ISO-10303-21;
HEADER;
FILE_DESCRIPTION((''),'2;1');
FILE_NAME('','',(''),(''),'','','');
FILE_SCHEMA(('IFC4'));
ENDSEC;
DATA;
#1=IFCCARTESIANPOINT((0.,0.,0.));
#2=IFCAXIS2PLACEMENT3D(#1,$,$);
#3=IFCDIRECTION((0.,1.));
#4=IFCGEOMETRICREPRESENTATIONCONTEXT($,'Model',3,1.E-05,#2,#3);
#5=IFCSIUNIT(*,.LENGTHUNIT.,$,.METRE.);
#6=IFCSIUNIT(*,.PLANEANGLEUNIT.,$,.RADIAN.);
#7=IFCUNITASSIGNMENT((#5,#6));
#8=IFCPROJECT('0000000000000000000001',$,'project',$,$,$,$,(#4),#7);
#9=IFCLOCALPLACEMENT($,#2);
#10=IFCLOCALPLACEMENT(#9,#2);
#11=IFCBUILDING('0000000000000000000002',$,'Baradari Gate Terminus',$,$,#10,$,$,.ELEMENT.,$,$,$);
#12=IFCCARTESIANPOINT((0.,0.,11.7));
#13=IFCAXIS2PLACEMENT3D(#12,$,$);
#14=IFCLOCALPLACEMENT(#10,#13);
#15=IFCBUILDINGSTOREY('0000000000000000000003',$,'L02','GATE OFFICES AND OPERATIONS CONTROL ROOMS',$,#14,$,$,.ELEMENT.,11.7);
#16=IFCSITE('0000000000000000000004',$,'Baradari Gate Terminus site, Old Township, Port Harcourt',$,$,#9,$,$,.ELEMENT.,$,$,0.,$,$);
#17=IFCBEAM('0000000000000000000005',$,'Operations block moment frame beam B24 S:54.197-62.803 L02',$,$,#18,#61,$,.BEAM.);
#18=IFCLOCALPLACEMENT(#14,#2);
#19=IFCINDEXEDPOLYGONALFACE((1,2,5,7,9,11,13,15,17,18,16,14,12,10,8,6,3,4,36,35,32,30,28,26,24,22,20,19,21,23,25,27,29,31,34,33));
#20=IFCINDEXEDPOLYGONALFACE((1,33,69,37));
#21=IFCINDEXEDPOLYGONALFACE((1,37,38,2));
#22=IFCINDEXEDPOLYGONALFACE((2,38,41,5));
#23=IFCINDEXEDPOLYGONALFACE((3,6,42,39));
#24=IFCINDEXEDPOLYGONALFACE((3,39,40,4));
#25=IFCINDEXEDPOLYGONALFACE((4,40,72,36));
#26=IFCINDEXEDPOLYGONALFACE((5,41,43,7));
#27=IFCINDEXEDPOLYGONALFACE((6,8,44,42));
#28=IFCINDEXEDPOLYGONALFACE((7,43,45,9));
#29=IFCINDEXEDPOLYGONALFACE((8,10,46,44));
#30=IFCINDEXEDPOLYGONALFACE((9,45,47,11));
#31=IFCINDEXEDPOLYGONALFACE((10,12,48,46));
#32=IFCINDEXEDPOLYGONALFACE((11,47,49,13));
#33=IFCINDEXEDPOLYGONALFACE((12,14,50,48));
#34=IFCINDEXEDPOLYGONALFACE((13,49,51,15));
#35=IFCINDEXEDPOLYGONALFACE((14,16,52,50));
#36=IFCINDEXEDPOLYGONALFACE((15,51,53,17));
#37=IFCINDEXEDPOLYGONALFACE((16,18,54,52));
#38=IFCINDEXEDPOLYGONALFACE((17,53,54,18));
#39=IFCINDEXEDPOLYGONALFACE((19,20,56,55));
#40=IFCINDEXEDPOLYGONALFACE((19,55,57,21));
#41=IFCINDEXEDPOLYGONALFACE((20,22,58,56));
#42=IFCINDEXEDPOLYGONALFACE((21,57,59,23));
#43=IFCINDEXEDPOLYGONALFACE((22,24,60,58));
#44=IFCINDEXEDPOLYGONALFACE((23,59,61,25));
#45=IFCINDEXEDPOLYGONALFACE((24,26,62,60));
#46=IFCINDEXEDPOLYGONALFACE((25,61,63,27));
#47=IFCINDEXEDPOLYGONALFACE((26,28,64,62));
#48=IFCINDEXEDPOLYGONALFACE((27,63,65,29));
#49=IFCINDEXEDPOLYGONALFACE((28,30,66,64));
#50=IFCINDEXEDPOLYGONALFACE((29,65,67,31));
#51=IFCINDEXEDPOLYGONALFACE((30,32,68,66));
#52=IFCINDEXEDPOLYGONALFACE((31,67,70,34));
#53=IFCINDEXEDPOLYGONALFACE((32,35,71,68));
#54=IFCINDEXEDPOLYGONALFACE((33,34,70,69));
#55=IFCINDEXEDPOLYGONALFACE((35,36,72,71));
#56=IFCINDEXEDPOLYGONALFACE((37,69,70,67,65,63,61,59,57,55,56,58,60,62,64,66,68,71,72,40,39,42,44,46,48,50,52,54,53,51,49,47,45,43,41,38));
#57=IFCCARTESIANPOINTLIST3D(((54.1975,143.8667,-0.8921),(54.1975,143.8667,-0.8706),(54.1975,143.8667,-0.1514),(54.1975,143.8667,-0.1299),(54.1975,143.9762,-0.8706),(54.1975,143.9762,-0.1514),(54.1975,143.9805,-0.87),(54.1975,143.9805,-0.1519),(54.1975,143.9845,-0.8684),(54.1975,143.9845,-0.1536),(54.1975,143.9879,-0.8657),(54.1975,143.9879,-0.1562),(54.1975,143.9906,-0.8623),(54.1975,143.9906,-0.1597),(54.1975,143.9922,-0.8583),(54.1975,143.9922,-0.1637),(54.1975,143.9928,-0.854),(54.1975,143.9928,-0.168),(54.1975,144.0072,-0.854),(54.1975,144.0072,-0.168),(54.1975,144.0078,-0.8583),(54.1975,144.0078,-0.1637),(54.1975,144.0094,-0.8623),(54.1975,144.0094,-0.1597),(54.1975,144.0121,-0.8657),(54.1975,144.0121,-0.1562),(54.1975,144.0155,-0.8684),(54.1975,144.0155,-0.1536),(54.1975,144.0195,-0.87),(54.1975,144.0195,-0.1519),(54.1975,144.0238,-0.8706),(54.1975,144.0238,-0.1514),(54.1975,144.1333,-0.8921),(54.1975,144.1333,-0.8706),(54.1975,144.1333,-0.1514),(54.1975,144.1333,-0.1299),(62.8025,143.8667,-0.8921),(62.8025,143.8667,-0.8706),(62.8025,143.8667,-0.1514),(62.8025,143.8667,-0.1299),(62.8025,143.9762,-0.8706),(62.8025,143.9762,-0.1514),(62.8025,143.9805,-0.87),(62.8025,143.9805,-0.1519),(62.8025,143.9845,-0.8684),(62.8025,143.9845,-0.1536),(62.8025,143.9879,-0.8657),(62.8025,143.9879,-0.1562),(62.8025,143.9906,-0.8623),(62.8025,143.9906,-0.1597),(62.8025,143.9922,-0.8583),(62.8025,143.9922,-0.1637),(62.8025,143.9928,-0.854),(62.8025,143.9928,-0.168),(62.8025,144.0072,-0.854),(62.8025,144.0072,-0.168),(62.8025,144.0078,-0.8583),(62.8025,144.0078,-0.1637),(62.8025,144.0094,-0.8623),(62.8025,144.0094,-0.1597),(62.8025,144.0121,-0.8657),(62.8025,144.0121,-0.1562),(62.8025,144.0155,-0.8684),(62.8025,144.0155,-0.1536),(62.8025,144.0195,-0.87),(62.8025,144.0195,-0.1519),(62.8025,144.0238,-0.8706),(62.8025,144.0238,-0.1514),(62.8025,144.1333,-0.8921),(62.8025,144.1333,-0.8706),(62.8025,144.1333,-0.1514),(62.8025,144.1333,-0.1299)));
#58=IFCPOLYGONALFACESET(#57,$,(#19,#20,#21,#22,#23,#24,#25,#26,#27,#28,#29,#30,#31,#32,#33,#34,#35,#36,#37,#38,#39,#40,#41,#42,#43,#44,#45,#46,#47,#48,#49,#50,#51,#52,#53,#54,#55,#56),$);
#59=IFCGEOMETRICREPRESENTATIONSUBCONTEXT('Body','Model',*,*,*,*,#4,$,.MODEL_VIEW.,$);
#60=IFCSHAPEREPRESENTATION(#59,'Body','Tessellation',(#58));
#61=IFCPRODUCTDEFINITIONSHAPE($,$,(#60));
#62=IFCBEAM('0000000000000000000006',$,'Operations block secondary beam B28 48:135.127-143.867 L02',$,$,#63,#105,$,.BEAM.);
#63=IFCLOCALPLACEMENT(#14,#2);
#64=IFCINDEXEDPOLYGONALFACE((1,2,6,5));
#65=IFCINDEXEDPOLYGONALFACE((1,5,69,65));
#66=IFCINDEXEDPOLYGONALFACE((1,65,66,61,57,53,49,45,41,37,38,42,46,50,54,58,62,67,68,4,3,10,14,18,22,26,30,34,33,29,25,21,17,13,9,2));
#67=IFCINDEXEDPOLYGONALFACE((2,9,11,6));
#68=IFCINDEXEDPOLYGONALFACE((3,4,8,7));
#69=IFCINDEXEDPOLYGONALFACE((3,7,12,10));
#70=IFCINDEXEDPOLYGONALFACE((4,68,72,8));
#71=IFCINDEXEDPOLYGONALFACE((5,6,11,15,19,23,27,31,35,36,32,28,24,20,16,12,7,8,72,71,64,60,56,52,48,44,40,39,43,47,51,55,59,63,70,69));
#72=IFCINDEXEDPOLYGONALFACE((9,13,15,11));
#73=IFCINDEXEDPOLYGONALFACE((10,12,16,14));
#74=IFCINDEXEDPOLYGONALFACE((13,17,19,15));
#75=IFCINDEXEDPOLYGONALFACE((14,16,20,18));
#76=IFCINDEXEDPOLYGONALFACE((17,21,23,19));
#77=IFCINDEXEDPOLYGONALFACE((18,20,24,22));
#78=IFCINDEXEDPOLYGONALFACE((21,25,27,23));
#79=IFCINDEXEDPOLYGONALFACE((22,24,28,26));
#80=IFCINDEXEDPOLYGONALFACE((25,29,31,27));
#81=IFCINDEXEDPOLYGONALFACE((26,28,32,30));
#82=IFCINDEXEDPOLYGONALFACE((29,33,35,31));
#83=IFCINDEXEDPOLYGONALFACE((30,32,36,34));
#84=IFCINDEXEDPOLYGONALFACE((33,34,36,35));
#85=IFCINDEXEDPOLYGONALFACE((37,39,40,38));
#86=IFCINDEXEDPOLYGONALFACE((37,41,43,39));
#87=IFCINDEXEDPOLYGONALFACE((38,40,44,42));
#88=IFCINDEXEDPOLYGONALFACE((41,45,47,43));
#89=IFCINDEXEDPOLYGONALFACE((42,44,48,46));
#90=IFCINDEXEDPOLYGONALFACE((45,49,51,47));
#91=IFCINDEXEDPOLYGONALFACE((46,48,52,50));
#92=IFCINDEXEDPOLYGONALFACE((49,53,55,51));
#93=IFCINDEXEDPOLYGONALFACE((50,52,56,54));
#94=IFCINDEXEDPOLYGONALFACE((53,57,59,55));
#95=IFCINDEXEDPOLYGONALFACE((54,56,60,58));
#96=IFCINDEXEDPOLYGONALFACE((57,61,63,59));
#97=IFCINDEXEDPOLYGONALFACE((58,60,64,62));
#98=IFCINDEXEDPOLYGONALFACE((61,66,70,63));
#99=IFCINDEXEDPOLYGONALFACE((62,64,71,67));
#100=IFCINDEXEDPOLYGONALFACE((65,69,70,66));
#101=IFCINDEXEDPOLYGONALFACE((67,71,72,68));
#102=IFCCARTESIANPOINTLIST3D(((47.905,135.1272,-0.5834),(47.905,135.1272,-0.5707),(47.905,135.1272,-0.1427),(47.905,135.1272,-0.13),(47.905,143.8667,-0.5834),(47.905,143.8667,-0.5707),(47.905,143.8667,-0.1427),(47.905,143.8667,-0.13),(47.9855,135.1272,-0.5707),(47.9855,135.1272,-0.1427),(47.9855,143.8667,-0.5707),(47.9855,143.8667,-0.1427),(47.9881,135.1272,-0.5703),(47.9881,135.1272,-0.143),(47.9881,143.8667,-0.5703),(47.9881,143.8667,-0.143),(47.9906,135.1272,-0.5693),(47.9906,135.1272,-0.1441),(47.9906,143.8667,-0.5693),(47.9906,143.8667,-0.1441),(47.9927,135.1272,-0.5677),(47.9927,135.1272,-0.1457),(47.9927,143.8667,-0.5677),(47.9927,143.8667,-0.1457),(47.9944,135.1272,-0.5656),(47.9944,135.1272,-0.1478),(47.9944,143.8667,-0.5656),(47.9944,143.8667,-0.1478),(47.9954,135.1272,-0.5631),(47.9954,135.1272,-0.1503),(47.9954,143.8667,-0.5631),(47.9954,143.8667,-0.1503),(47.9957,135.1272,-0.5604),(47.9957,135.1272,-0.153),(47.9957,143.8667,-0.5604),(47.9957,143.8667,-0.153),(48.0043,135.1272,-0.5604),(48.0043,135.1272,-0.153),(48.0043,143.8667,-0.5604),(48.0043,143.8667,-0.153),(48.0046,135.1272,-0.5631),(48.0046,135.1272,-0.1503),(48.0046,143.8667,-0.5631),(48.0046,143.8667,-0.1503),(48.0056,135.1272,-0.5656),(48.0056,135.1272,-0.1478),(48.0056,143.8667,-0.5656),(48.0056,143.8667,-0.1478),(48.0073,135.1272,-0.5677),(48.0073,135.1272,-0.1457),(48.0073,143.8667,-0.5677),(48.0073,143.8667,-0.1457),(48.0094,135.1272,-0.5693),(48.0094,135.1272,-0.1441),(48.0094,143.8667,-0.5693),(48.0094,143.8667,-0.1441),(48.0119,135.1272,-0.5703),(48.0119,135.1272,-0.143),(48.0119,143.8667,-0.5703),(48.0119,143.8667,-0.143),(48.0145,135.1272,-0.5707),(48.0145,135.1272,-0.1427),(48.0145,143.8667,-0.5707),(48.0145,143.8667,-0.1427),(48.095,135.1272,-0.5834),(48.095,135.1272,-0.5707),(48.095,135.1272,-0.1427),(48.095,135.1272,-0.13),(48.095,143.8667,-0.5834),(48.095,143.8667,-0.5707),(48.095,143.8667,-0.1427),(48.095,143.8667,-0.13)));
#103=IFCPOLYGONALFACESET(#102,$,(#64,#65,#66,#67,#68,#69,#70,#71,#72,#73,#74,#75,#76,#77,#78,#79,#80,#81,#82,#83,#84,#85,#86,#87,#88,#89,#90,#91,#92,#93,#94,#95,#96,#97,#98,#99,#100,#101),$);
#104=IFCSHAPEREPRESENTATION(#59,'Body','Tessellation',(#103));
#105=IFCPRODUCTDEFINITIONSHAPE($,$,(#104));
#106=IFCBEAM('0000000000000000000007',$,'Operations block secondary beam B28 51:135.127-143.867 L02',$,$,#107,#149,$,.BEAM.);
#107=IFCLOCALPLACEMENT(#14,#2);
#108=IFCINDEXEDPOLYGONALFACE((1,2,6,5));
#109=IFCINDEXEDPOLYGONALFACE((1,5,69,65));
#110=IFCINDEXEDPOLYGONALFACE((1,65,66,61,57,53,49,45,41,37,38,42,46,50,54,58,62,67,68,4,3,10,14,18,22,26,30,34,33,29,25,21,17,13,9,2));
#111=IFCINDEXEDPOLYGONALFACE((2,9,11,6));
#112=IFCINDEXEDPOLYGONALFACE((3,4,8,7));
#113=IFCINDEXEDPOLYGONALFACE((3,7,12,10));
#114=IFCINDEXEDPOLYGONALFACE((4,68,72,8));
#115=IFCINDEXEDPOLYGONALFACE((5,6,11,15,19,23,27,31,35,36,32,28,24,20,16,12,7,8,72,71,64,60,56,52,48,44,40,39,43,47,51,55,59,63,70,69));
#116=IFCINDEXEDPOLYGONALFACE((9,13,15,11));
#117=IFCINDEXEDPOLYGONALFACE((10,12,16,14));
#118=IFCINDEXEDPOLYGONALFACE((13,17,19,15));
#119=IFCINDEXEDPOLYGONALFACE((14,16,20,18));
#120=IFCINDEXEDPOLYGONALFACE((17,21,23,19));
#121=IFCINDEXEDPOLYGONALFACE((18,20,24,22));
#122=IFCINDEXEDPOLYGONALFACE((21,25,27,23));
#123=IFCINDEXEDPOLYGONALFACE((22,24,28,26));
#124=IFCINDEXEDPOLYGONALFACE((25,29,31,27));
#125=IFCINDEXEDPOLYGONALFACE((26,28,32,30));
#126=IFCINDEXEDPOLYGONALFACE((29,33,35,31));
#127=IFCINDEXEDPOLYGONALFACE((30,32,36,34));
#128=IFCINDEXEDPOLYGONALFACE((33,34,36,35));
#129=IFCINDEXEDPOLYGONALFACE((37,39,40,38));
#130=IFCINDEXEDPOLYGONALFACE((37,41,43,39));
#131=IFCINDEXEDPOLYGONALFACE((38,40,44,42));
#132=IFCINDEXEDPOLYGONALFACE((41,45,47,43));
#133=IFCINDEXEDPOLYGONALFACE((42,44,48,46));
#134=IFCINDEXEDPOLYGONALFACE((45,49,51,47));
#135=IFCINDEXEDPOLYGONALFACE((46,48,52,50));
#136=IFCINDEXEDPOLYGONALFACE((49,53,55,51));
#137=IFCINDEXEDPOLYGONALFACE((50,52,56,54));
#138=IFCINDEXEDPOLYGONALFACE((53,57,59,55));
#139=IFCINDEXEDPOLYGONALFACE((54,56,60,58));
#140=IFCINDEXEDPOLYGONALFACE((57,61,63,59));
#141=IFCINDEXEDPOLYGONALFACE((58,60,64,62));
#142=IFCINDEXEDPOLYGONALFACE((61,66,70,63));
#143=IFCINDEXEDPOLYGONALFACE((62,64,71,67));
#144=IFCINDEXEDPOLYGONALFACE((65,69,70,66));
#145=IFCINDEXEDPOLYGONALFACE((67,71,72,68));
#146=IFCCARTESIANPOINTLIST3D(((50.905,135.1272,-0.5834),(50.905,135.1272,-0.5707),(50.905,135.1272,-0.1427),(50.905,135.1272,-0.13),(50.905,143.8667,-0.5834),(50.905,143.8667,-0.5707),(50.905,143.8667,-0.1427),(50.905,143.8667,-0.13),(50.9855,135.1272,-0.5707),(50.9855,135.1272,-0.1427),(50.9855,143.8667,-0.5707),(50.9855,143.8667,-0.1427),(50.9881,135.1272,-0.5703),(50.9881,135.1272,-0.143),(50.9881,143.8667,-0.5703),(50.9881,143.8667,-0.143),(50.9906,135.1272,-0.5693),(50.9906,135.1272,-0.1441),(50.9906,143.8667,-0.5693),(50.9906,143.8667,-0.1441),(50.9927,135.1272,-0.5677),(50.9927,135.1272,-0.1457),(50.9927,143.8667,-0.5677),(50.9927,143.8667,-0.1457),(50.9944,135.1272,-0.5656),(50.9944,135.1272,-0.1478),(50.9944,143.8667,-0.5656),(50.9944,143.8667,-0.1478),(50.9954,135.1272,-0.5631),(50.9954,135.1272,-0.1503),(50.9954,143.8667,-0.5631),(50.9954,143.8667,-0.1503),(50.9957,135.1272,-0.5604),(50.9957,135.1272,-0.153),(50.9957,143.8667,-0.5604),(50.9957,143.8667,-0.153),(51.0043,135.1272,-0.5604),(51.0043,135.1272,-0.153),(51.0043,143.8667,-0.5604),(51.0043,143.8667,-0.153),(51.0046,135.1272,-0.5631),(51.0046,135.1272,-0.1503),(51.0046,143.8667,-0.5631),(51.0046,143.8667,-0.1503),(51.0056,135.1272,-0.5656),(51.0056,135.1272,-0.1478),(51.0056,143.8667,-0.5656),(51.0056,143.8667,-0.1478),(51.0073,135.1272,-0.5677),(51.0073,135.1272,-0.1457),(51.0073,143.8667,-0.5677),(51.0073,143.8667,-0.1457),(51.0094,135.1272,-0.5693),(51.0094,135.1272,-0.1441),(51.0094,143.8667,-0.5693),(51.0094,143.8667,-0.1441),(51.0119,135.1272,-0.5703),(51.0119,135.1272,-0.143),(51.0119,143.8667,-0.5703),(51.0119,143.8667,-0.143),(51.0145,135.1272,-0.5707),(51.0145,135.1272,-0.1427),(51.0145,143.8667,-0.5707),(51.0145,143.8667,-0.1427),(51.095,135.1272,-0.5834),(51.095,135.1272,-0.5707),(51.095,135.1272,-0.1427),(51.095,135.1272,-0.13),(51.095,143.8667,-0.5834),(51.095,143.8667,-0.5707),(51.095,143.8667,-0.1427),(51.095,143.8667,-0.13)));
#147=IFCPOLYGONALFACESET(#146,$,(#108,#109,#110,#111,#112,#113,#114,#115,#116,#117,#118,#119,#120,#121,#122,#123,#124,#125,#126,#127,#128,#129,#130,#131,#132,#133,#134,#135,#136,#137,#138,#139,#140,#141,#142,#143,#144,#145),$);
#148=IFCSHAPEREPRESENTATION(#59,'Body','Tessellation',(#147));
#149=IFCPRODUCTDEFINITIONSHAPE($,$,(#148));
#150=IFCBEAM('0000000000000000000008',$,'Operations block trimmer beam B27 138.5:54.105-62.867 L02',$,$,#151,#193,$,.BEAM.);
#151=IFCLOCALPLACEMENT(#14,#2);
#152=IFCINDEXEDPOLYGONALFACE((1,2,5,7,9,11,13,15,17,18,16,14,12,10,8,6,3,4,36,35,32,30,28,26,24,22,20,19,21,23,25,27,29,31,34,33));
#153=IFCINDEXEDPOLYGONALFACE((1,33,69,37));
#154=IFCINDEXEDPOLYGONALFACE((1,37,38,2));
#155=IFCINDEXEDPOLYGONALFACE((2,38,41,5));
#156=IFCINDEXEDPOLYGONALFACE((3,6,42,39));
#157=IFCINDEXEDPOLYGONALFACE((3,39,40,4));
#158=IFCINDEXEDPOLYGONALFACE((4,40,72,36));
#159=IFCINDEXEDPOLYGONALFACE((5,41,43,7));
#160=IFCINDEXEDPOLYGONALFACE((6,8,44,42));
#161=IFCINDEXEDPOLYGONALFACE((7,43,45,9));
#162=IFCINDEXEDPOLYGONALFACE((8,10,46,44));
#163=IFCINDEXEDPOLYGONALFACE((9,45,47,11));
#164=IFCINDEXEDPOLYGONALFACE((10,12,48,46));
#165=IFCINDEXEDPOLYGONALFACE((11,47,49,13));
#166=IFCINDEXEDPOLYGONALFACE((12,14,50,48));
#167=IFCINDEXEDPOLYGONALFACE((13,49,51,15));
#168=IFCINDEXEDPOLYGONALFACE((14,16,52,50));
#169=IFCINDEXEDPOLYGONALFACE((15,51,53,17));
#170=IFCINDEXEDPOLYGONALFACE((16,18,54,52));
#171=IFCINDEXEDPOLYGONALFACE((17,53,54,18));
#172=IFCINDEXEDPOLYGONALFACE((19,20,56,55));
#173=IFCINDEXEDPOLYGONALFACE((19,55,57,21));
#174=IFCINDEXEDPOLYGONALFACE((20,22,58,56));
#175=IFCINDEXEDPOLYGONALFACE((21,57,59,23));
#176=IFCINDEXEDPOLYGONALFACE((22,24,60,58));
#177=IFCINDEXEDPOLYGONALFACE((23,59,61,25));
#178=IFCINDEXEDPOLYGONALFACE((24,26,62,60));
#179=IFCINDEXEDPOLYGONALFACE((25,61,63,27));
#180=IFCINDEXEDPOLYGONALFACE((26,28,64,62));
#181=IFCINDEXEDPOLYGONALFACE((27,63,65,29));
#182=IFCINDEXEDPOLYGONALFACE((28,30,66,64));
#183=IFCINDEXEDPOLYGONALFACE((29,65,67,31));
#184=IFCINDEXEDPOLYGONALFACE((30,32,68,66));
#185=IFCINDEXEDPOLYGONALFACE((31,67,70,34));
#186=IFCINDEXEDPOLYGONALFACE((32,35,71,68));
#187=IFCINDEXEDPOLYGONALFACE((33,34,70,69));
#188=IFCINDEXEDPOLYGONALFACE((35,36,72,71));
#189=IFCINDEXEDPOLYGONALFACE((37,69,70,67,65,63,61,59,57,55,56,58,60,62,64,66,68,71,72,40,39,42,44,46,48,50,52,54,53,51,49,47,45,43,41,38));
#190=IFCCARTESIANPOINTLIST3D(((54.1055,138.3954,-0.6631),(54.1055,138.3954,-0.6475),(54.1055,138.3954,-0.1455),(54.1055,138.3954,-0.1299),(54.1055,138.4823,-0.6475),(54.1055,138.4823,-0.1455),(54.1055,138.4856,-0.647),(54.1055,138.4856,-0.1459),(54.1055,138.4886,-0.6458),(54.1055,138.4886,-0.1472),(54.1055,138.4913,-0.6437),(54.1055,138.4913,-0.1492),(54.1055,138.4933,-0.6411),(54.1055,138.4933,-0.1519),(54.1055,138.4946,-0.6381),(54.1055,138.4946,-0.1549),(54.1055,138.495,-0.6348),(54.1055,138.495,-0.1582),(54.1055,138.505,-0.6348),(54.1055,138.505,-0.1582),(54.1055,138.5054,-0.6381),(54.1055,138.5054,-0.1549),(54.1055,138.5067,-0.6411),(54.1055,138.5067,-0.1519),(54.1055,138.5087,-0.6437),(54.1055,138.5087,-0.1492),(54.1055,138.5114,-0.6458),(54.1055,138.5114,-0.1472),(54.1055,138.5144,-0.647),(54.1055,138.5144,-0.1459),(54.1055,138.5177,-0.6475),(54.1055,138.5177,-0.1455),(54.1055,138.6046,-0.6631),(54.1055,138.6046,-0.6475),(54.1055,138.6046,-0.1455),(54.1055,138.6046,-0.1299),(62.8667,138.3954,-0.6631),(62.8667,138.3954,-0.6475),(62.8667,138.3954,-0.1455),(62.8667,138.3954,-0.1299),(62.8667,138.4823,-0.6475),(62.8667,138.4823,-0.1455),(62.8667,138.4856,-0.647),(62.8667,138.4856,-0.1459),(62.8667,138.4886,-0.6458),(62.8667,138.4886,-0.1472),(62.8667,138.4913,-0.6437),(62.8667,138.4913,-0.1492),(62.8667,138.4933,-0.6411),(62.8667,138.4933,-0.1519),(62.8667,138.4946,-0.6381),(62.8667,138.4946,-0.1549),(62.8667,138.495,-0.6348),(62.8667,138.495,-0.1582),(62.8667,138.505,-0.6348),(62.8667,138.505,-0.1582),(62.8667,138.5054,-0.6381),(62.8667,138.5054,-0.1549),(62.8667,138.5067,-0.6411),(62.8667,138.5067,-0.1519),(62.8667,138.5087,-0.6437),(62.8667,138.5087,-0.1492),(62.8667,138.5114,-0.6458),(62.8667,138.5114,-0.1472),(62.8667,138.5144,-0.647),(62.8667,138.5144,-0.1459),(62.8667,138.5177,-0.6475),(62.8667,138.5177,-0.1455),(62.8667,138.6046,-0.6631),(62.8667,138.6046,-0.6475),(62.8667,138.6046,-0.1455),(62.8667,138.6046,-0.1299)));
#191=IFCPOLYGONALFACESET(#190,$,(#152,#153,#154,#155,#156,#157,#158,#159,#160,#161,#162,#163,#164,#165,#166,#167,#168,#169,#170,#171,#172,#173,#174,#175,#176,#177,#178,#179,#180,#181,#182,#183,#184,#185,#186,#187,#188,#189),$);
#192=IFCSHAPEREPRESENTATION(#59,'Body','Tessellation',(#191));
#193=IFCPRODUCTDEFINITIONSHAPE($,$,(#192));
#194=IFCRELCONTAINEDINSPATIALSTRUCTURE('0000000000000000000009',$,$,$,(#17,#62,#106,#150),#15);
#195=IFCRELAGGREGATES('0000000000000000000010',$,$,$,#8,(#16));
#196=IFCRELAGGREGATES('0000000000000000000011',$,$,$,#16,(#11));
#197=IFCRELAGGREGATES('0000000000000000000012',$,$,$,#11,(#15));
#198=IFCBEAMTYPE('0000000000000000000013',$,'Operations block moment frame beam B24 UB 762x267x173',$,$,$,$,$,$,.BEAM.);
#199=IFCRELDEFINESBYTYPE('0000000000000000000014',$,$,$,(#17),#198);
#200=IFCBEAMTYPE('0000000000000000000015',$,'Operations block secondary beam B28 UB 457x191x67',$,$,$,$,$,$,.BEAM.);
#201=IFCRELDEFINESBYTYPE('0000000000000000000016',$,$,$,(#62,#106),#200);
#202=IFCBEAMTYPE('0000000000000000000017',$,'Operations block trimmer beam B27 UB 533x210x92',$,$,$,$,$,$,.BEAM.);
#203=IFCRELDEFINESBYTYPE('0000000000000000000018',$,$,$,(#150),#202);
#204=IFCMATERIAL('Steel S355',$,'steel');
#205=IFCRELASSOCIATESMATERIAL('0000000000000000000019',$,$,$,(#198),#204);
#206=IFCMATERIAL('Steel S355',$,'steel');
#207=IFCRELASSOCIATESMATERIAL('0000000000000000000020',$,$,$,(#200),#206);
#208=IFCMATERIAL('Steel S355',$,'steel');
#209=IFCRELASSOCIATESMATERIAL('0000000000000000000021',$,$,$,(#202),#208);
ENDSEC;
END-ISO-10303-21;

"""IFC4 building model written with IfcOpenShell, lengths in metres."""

from ifc_helpers import new_model, si_unit, direction, frame, origin, origin_2d, place, context, subcontext, project, spatial, i_section, extrude, material, material_profile, profile_set, type_object, element, save


model = new_model("IFC4")

# Units and contexts
model_context = context("Model", 3, precision=1e-05, world=origin(), true_north=direction((0.0, 1.0)))
body_context = subcontext(model_context, "Body", "Model", "MODEL_VIEW")
ifc_project = project(units=[si_unit("LENGTHUNIT", "METRE"), si_unit("PLANEANGLEUNIT", "RADIAN")], contexts=[model_context])

# Site, building, storey
site_placement = place(None, origin())
site = spatial("IfcSite", under=ifc_project, at=site_placement, Name="Baradari Gate Terminus site, Old Township, Port Harcourt", CompositionType="ELEMENT", RefElevation=0.0)
building_placement = place(site_placement, origin())
building = spatial("IfcBuilding", under=site, at=building_placement, Name="Baradari Gate Terminus", CompositionType="ELEMENT")
storey_placement = place(building_placement, frame((0.0, 0.0, 11.7)))
storey = spatial("IfcBuildingStorey", under=building, at=storey_placement, Name="L02", Description="GATE OFFICES AND OPERATIONS CONTROL ROOMS", CompositionType="ELEMENT", Elevation=11.7)

# Beams
ifc_material_1 = material(Name="Steel S355", Category="steel")
ifc_material_profile_1 = material_profile(ifc_material_1, i_section(OverallWidth=0.2666, OverallDepth=0.7622, WebThickness=0.0144, FlangeThickness=0.0215, FilletRadius=0.0166, at=origin_2d()), Name="UB 762x267x173")
ifc_profile_set_1 = profile_set([ifc_material_profile_1], Name="Steel S355")
beam_type_1 = type_object("IfcBeamType", Name="Operations block moment frame beam B24 UB 762x267x173", PredefinedType="BEAM", material=ifc_profile_set_1)
beam_1_placement = place(storey_placement, frame((54.1975, 144.0, -0.511), z_axis=(1.0, 0.0, 0.0), x_axis=(0.0, 1.0, 0.0)))
element("IfcBeam", 1, at=beam_1_placement, inside=storey, type_object=beam_type_1, Name="Operations block moment frame beam B24 S:54.197-62.803 L02", PredefinedType="BEAM", context=body_context, shape_type="SweptSolid", body=[
    extrude(i_section(OverallWidth=0.2666, OverallDepth=0.7622, WebThickness=0.0144, FlangeThickness=0.0215, FilletRadius=0.0166, at=origin_2d()), origin(), (0.0, 0.0, 1.0), 8.605),
])
ifc_material_2 = material(Name="Steel S355", Category="steel")
ifc_material_profile_2 = material_profile(ifc_material_2, i_section(OverallWidth=0.1899, OverallDepth=0.4534, WebThickness=0.0085, FlangeThickness=0.0127, FilletRadius=0.0103, at=origin_2d()), Name="UB 457x191x67")
ifc_profile_set_2 = profile_set([ifc_material_profile_2], Name="Steel S355")
beam_type_2 = type_object("IfcBeamType", Name="Operations block secondary beam B28 UB 457x191x67", PredefinedType="BEAM", material=ifc_profile_set_2)
for number, where, z_axis, x_axis, name in (
    (2, (48.0, 135.1272, -0.3567), (0.0, 1.0, 0.0), (-1.0, 0.0, 0.0), "Operations block secondary beam B28 48:135.127-143.867 L02"),
    (3, (51.0, 135.1272, -0.3567), (0.0, 1.0, 0.0), (-1.0, 0.0, 0.0), "Operations block secondary beam B28 51:135.127-143.867 L02"),
):
    element("IfcBeam", number, at=place(storey_placement, frame(where, z_axis=z_axis, x_axis=x_axis)), inside=storey, type_object=beam_type_2, Name=name, PredefinedType="BEAM", context=body_context, shape_type="SweptSolid", body=[
        extrude(i_section(OverallWidth=0.1899, OverallDepth=0.4534, WebThickness=0.0085, FlangeThickness=0.0127, FilletRadius=0.0103, at=origin_2d()), origin(), (0.0, 0.0, 1.0), 8.7395),
    ])
ifc_material_3 = material(Name="Steel S355", Category="steel")
ifc_material_profile_3 = material_profile(ifc_material_3, i_section(OverallWidth=0.2092, OverallDepth=0.5332, WebThickness=0.01, FlangeThickness=0.0156, FilletRadius=0.0127, at=origin_2d()), Name="UB 533x210x92")
ifc_profile_set_3 = profile_set([ifc_material_profile_3], Name="Steel S355")
beam_type_3 = type_object("IfcBeamType", Name="Operations block trimmer beam B27 UB 533x210x92", PredefinedType="BEAM", material=ifc_profile_set_3)
beam_2_placement = place(storey_placement, frame((54.1055, 138.5, -0.3965), z_axis=(1.0, 0.0, 0.0), x_axis=(0.0, 1.0, 0.0)))
element("IfcBeam", 4, at=beam_2_placement, inside=storey, type_object=beam_type_3, Name="Operations block trimmer beam B27 138.5:54.105-62.867 L02", PredefinedType="BEAM", context=body_context, shape_type="SweptSolid", body=[
    extrude(i_section(OverallWidth=0.2092, OverallDepth=0.5332, WebThickness=0.01, FlangeThickness=0.0156, FilletRadius=0.0127, at=origin_2d()), origin(), (0.0, 0.0, 1.0), 8.7612),
])

save(model, "model.ifc")
